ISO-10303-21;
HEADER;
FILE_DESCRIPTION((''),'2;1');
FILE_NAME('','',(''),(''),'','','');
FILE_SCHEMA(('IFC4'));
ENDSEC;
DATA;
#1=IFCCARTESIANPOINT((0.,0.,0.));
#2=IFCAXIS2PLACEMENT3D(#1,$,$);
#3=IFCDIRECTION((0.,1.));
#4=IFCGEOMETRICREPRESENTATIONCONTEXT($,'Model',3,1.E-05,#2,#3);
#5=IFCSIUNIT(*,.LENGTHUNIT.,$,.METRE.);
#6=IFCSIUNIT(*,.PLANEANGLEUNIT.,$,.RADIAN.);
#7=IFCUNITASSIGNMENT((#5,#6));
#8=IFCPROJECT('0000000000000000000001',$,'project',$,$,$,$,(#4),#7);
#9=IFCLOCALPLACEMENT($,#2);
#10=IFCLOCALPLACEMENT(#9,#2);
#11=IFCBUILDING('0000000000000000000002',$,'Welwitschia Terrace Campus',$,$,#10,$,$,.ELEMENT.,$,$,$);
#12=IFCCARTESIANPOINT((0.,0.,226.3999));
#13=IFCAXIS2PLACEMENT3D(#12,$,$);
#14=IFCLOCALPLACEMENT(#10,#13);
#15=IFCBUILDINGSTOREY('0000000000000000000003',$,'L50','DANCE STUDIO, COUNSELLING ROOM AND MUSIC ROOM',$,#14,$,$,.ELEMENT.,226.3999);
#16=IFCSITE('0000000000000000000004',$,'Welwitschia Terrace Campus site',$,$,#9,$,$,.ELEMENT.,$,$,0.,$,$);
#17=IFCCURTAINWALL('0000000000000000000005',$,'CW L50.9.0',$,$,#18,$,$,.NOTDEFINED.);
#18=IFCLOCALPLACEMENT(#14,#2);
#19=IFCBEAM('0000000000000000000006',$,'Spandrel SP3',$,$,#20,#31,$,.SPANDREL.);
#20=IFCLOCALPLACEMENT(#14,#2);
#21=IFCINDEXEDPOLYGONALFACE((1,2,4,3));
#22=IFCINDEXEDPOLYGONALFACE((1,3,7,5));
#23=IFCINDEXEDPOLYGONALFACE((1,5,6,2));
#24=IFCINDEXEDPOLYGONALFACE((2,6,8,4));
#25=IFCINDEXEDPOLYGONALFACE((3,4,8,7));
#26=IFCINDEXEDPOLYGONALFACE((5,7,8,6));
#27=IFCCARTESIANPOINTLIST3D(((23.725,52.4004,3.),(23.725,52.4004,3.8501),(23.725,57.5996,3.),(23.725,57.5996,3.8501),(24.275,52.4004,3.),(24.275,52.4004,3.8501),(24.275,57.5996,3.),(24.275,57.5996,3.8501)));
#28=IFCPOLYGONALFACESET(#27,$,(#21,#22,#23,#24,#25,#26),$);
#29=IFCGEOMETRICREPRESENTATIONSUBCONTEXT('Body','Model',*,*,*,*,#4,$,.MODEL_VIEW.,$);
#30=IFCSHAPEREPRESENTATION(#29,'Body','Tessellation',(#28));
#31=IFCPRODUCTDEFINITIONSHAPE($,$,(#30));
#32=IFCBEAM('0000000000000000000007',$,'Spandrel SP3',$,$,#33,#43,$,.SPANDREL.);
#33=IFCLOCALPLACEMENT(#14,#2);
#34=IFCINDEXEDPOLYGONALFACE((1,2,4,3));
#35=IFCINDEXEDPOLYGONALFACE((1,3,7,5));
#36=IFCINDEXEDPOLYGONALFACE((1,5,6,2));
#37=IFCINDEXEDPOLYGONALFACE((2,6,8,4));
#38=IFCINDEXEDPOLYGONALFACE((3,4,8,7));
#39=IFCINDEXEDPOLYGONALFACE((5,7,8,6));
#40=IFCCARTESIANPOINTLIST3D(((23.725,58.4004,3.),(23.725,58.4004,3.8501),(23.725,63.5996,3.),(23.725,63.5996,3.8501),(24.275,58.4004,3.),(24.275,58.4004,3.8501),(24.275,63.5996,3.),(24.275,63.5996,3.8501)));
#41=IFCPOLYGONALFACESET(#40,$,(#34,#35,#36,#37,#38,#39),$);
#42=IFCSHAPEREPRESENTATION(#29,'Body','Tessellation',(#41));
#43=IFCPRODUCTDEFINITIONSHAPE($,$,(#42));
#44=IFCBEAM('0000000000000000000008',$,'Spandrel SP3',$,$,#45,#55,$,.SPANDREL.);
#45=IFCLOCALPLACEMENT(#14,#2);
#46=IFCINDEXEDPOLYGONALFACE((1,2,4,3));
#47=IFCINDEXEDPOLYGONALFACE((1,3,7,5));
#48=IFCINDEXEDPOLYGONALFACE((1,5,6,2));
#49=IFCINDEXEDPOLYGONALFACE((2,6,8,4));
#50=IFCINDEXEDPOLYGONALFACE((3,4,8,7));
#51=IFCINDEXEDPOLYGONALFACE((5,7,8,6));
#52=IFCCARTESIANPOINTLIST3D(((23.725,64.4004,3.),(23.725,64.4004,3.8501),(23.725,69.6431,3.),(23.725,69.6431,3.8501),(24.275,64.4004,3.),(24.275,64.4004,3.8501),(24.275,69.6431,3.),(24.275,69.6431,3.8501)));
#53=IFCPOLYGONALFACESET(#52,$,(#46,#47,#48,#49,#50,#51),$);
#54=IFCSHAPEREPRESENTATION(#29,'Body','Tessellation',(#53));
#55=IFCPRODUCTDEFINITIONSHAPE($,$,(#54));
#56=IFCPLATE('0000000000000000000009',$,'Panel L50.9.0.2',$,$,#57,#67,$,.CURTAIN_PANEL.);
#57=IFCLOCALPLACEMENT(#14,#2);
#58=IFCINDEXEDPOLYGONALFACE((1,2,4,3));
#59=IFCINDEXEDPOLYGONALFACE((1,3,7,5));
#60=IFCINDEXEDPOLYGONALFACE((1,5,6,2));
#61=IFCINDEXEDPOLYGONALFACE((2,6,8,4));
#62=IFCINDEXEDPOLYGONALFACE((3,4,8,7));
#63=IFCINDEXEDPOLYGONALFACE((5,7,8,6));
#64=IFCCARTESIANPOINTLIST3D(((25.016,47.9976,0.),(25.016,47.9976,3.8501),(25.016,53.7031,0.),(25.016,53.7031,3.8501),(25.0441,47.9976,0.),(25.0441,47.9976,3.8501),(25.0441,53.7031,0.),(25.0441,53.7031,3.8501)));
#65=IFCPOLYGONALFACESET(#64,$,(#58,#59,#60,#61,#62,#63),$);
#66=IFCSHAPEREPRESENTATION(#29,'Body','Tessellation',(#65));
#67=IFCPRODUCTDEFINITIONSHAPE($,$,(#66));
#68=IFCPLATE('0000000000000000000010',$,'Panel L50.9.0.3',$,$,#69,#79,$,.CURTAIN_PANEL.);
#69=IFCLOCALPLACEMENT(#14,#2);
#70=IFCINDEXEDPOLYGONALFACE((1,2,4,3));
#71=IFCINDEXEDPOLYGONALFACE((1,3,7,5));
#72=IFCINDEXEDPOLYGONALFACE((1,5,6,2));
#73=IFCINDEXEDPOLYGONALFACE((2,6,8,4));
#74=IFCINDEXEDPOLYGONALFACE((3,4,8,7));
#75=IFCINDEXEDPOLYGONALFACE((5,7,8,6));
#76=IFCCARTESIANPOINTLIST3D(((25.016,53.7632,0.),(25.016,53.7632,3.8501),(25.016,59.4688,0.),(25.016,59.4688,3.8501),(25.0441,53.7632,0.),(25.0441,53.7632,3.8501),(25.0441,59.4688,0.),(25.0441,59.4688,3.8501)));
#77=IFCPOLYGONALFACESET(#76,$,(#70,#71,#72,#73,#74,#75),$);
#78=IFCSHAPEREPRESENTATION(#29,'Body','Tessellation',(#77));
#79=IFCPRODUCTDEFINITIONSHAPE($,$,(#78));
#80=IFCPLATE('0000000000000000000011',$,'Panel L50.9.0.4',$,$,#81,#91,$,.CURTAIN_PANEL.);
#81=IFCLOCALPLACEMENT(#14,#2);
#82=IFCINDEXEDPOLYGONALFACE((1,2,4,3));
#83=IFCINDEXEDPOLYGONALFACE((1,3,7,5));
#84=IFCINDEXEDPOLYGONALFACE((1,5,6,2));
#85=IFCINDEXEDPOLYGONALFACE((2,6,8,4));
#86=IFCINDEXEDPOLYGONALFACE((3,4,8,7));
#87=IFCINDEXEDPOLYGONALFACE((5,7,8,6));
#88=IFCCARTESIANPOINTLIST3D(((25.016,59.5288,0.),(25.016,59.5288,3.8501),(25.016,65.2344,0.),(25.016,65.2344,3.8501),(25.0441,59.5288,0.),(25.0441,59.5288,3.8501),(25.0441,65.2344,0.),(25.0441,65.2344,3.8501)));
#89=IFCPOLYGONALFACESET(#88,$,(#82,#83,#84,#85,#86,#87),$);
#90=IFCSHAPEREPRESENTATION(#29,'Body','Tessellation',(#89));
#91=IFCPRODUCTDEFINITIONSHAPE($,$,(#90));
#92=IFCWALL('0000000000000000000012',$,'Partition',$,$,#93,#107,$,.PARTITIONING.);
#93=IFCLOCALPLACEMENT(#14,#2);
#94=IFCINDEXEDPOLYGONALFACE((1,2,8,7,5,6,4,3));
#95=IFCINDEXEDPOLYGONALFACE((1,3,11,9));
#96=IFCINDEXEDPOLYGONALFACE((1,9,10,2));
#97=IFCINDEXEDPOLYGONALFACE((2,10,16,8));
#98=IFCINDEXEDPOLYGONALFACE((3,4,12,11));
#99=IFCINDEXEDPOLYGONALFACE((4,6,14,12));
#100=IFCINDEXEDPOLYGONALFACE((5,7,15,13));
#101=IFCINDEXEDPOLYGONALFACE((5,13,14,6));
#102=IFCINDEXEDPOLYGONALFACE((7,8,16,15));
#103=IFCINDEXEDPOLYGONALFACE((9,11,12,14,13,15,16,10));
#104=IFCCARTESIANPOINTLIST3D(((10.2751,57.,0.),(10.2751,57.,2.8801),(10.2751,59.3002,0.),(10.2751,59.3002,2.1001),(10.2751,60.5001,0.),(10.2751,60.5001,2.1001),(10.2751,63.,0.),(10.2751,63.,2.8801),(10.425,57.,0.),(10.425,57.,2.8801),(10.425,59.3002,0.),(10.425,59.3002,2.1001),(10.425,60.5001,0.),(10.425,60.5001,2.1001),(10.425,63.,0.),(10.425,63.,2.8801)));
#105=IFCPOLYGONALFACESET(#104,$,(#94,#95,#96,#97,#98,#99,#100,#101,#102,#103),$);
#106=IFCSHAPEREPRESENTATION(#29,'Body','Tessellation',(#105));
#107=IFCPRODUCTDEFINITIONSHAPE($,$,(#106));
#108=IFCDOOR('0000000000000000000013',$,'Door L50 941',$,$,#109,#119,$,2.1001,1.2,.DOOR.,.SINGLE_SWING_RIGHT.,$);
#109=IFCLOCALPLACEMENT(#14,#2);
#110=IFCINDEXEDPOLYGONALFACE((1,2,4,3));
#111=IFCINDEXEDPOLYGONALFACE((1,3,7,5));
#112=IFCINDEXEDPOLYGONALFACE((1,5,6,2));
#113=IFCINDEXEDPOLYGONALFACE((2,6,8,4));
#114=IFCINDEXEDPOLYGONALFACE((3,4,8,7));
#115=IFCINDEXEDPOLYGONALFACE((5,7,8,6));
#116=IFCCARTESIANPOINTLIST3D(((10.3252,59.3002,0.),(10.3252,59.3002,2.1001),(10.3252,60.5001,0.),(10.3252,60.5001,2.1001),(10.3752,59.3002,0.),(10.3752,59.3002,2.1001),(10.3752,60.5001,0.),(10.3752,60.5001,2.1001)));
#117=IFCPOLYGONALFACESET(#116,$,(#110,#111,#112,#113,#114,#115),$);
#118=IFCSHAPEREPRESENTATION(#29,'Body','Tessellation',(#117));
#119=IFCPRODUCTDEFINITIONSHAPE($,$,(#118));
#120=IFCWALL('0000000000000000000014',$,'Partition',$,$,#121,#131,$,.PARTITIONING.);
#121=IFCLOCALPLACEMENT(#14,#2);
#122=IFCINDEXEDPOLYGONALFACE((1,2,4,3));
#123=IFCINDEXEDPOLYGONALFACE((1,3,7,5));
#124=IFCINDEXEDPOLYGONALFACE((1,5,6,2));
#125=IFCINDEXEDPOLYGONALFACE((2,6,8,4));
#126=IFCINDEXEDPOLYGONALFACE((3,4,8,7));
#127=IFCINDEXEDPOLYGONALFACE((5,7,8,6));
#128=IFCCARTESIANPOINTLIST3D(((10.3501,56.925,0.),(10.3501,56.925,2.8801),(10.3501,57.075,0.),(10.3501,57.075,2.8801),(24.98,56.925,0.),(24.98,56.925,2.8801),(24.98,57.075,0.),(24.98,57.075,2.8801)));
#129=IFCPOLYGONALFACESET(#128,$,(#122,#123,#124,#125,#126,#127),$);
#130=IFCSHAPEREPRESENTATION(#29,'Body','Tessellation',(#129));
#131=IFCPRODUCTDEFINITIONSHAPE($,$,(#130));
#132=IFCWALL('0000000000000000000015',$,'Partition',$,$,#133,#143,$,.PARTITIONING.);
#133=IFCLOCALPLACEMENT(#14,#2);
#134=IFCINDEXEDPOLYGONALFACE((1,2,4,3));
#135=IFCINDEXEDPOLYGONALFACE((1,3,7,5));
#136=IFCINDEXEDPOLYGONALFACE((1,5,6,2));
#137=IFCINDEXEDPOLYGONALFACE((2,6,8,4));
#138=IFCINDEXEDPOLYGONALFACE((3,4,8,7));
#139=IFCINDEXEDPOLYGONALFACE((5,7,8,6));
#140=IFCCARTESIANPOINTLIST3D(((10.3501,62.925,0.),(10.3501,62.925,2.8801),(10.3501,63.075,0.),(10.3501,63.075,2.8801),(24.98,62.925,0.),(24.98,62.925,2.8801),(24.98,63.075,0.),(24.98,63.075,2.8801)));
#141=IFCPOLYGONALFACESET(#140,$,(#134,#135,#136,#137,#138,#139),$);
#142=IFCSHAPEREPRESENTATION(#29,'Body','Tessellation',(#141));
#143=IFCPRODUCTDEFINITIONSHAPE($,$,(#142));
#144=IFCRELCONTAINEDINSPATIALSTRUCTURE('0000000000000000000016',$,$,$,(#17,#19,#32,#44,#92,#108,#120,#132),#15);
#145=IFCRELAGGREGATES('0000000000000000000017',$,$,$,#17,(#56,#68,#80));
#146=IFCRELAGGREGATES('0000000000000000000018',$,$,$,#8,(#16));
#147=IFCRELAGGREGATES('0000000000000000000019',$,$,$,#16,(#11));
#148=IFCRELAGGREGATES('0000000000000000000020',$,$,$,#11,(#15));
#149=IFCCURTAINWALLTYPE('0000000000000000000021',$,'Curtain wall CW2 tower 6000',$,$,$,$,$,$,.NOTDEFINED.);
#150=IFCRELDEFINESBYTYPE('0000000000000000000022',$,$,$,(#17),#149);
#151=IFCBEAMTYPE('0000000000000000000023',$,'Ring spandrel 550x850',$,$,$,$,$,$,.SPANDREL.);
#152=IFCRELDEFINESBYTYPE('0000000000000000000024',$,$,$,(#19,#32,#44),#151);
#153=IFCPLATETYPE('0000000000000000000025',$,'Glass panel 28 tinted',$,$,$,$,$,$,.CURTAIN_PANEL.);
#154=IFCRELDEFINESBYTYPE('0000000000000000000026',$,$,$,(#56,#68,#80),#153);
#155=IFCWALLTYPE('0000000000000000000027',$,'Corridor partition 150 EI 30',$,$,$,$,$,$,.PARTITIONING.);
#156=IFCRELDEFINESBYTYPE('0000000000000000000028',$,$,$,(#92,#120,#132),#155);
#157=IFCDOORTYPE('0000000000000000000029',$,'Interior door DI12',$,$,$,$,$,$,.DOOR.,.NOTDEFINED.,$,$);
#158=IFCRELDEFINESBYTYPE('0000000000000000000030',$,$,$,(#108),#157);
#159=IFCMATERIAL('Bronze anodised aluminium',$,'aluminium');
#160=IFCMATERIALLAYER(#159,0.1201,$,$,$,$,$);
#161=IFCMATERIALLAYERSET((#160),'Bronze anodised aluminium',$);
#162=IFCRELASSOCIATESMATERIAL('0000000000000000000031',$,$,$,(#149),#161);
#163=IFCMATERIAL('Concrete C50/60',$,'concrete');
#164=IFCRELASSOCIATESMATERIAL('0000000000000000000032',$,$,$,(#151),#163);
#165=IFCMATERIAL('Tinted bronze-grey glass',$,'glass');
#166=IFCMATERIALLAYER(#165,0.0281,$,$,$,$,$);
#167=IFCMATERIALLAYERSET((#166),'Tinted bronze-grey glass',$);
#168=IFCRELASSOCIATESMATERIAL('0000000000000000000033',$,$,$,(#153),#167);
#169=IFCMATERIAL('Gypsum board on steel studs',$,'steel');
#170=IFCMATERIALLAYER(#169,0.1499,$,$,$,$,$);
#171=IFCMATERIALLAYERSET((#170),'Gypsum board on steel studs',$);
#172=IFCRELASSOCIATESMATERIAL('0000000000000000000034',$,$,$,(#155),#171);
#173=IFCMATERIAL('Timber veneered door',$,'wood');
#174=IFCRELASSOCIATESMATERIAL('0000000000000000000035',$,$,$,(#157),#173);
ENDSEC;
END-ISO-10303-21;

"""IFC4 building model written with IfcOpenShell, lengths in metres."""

from ifc_helpers import new_model, si_unit, direction, frame, frame_2d, origin, origin_2d, place, context, subcontext, project, spatial, rectangle, extrude, material, layer, layer_set, material_profile, profile_set, type_object, element, fill, aggregate, save


model = new_model("IFC4")

# Units and contexts
model_context = context("Model", 3, precision=1e-05, world=origin(), true_north=direction((0.0, 1.0)))
body_context = subcontext(model_context, "Body", "Model", "MODEL_VIEW")
ifc_project = project(units=[si_unit("LENGTHUNIT", "METRE"), si_unit("PLANEANGLEUNIT", "RADIAN")], contexts=[model_context])

# Site, building, storey
site_placement = place(None, origin())
site = spatial("IfcSite", under=ifc_project, at=site_placement, Name="Welwitschia Terrace Campus site", CompositionType="ELEMENT", RefElevation=0.0)
building_placement = place(site_placement, origin())
building = spatial("IfcBuilding", under=site, at=building_placement, Name="Welwitschia Terrace Campus", CompositionType="ELEMENT")
storey_placement = place(building_placement, frame((0.0, 0.0, 226.3999)))
storey = spatial("IfcBuildingStorey", under=building, at=storey_placement, Name="L50", Description="DANCE STUDIO, COUNSELLING ROOM AND MUSIC ROOM", CompositionType="ELEMENT", Elevation=226.3999)

# Curtain wall
ifc_material_1 = material(Name="Bronze anodised aluminium", Category="aluminium")
ifc_layer_1 = layer(ifc_material_1, 0.1201)
ifc_layer_set_1 = layer_set([ifc_layer_1], Name="Bronze anodised aluminium")
curtain_wall_type = type_object("IfcCurtainWallType", Name="Curtain wall CW2 tower 6000", PredefinedType="NOTDEFINED", material=ifc_layer_set_1)
curtain_wall_placement = place(storey_placement, origin())
curtain_wall = element("IfcCurtainWall", 1, at=curtain_wall_placement, inside=storey, type_object=curtain_wall_type, Name="CW L50.9.0", PredefinedType="NOTDEFINED")

# Beams
ifc_material_2 = material(Name="Concrete C50/60", Category="concrete")
ifc_material_profile_1 = material_profile(ifc_material_2, rectangle(XDim=0.55, YDim=0.8501, at=origin_2d()))
ifc_profile_set_1 = profile_set([ifc_material_profile_1], Name="Concrete C50/60")
beam_type_1 = type_object("IfcBeamType", Name="Ring spandrel 550x850", PredefinedType="SPANDREL", material=ifc_profile_set_1)
for number, where, z_axis, x_axis, name in (
    (2, (24.0, 52.4004, 3.425), (0.0, 1.0, 0.0), (-1.0, 0.0, 0.0), "Spandrel SP3"),
    (3, (24.0, 58.4004, 3.425), (0.0, 1.0, 0.0), (-1.0, 0.0, 0.0), "Spandrel SP3"),
):
    element("IfcBeam", number, at=place(storey_placement, frame(where, z_axis=z_axis, x_axis=x_axis)), inside=storey, type_object=beam_type_1, Name=name, PredefinedType="SPANDREL", context=body_context, shape_type="SweptSolid", body=[
        extrude(rectangle(XDim=0.55, YDim=0.8501, at=origin_2d()), origin(), (0.0, 0.0, 1.0), 5.1992),
    ])
beam_1_placement = place(storey_placement, frame((24.0, 64.4004, 3.425), z_axis=(0.0, 1.0, 0.0), x_axis=(-1.0, 0.0, 0.0)))
element("IfcBeam", 4, at=beam_1_placement, inside=storey, type_object=beam_type_1, Name="Spandrel SP3", PredefinedType="SPANDREL", context=body_context, shape_type="SweptSolid", body=[
    extrude(rectangle(XDim=0.55, YDim=0.8501, at=origin_2d()), origin(), (0.0, 0.0, 1.0), 5.2427),
])

# Plates
ifc_material_3 = material(Name="Tinted bronze-grey glass", Category="glass")
ifc_layer_2 = layer(ifc_material_3, 0.0281)
ifc_layer_set_2 = layer_set([ifc_layer_2], Name="Tinted bronze-grey glass")
plate_type = type_object("IfcPlateType", Name="Glass panel 28 tinted", PredefinedType="CURTAIN_PANEL", material=ifc_layer_set_2)
plate_1_placement = place(storey_placement, frame((25.03, 50.8503, 0.0), z_axis=(0.0, 0.0, 1.0), x_axis=(0.0, 1.0, 0.0)))
plate_1 = element("IfcPlate", 5, at=plate_1_placement, type_object=plate_type, Name="Panel L50.9.0.2", PredefinedType="CURTAIN_PANEL", context=body_context, shape_type="SweptSolid", body=[
    extrude(rectangle(XDim=5.7056, YDim=0.0281, at=origin_2d()), origin(), (0.0, 0.0, 1.0), 3.8501),
])
plate_2_placement = place(storey_placement, frame((25.03, 56.616, 0.0), z_axis=(0.0, 0.0, 1.0), x_axis=(0.0, 1.0, 0.0)))
plate_2 = element("IfcPlate", 6, at=plate_2_placement, type_object=plate_type, Name="Panel L50.9.0.3", PredefinedType="CURTAIN_PANEL", context=body_context, shape_type="SweptSolid", body=[
    extrude(rectangle(XDim=5.7056, YDim=0.0281, at=origin_2d()), origin(), (0.0, 0.0, 1.0), 3.8501),
])
plate_3_placement = place(storey_placement, frame((25.03, 62.3816, 0.0), z_axis=(0.0, 0.0, 1.0), x_axis=(0.0, 1.0, 0.0)))
plate_3 = element("IfcPlate", 7, at=plate_3_placement, type_object=plate_type, Name="Panel L50.9.0.4", PredefinedType="CURTAIN_PANEL", context=body_context, shape_type="SweptSolid", body=[
    extrude(rectangle(XDim=5.7056, YDim=0.0281, at=origin_2d()), origin(), (0.0, 0.0, 1.0), 3.8501),
])
aggregate(curtain_wall, [plate_1, plate_2, plate_3])

# Wall, opening, door
ifc_material_4 = material(Name="Gypsum board on steel studs", Category="steel")
ifc_layer_3 = layer(ifc_material_4, 0.1499)
ifc_layer_set_3 = layer_set([ifc_layer_3], Name="Gypsum board on steel studs")
wall_type = type_object("IfcWallType", Name="Corridor partition 150 EI 30", PredefinedType="PARTITIONING", material=ifc_layer_set_3)
wall_placement = place(storey_placement, frame((10.3501, 57.0, 0.0), z_axis=(0.0, 0.0, 1.0), x_axis=(0.0, 1.0, 0.0)))
wall = element("IfcWall", 8, at=wall_placement, inside=storey, type_object=wall_type, Name="Partition", PredefinedType="PARTITIONING", context=body_context, shape_type="SweptSolid", body=[
    extrude(rectangle(XDim=6.0, YDim=0.1499, at=frame_2d((3.0, 0.0))), origin(), (0.0, 0.0, 1.0), 2.8801),
])
opening_placement = place(wall_placement, frame((2.3, 0.0, 0.0)))
opening = element("IfcOpeningElement", 9, at=opening_placement, cuts=wall, PredefinedType="OPENING", context=body_context, shape_type="SweptSolid", body=[
    extrude(rectangle(XDim=1.2, YDim=2.1001, at=frame_2d((0.6001, 1.05))), frame((0.0, 0.085, 0.0), z_axis=(0.0, -1.0, 0.0), x_axis=(1.0, 0.0, 0.0)), (0.0, 0.0, 1.0), 0.1699),
])
ifc_material_5 = material(Name="Timber veneered door", Category="wood")
door_type = type_object("IfcDoorType", Name="Interior door DI12", OperationType="NOTDEFINED", PredefinedType="DOOR", material=ifc_material_5)
door_placement = place(opening_placement, origin())
door = element("IfcDoor", 10, at=door_placement, inside=storey, type_object=door_type, Name="Door L50 941", OperationType="SINGLE_SWING_RIGHT", OverallHeight=2.1001, OverallWidth=1.2, PredefinedType="DOOR", context=body_context, shape_type="SweptSolid", body=[
    extrude(rectangle(XDim=1.2, YDim=2.1001, at=frame_2d((0.6001, 1.05))), frame((0.0, 0.0249, 0.0), z_axis=(0.0, -1.0, 0.0), x_axis=(1.0, 0.0, 0.0)), (0.0, 0.0, 1.0), 0.05),
])
fill(opening, door)

# Walls
for number, where, z_axis, x_axis, name in (
    (11, (10.3501, 57.0, 0.0), (0.0, 0.0, 1.0), (1.0, 0.0, 0.0), "Partition"),
    (12, (10.3501, 63.0, 0.0), (0.0, 0.0, 1.0), (1.0, 0.0, 0.0), "Partition"),
):
    element("IfcWall", number, at=place(storey_placement, frame(where, z_axis=z_axis, x_axis=x_axis)), inside=storey, type_object=wall_type, Name=name, PredefinedType="PARTITIONING", context=body_context, shape_type="SweptSolid", body=[
        extrude(rectangle(XDim=14.6299, YDim=0.1499, at=frame_2d((7.3149, 0.0))), origin(), (0.0, 0.0, 1.0), 2.8801),
    ])

save(model, "model.ifc")
